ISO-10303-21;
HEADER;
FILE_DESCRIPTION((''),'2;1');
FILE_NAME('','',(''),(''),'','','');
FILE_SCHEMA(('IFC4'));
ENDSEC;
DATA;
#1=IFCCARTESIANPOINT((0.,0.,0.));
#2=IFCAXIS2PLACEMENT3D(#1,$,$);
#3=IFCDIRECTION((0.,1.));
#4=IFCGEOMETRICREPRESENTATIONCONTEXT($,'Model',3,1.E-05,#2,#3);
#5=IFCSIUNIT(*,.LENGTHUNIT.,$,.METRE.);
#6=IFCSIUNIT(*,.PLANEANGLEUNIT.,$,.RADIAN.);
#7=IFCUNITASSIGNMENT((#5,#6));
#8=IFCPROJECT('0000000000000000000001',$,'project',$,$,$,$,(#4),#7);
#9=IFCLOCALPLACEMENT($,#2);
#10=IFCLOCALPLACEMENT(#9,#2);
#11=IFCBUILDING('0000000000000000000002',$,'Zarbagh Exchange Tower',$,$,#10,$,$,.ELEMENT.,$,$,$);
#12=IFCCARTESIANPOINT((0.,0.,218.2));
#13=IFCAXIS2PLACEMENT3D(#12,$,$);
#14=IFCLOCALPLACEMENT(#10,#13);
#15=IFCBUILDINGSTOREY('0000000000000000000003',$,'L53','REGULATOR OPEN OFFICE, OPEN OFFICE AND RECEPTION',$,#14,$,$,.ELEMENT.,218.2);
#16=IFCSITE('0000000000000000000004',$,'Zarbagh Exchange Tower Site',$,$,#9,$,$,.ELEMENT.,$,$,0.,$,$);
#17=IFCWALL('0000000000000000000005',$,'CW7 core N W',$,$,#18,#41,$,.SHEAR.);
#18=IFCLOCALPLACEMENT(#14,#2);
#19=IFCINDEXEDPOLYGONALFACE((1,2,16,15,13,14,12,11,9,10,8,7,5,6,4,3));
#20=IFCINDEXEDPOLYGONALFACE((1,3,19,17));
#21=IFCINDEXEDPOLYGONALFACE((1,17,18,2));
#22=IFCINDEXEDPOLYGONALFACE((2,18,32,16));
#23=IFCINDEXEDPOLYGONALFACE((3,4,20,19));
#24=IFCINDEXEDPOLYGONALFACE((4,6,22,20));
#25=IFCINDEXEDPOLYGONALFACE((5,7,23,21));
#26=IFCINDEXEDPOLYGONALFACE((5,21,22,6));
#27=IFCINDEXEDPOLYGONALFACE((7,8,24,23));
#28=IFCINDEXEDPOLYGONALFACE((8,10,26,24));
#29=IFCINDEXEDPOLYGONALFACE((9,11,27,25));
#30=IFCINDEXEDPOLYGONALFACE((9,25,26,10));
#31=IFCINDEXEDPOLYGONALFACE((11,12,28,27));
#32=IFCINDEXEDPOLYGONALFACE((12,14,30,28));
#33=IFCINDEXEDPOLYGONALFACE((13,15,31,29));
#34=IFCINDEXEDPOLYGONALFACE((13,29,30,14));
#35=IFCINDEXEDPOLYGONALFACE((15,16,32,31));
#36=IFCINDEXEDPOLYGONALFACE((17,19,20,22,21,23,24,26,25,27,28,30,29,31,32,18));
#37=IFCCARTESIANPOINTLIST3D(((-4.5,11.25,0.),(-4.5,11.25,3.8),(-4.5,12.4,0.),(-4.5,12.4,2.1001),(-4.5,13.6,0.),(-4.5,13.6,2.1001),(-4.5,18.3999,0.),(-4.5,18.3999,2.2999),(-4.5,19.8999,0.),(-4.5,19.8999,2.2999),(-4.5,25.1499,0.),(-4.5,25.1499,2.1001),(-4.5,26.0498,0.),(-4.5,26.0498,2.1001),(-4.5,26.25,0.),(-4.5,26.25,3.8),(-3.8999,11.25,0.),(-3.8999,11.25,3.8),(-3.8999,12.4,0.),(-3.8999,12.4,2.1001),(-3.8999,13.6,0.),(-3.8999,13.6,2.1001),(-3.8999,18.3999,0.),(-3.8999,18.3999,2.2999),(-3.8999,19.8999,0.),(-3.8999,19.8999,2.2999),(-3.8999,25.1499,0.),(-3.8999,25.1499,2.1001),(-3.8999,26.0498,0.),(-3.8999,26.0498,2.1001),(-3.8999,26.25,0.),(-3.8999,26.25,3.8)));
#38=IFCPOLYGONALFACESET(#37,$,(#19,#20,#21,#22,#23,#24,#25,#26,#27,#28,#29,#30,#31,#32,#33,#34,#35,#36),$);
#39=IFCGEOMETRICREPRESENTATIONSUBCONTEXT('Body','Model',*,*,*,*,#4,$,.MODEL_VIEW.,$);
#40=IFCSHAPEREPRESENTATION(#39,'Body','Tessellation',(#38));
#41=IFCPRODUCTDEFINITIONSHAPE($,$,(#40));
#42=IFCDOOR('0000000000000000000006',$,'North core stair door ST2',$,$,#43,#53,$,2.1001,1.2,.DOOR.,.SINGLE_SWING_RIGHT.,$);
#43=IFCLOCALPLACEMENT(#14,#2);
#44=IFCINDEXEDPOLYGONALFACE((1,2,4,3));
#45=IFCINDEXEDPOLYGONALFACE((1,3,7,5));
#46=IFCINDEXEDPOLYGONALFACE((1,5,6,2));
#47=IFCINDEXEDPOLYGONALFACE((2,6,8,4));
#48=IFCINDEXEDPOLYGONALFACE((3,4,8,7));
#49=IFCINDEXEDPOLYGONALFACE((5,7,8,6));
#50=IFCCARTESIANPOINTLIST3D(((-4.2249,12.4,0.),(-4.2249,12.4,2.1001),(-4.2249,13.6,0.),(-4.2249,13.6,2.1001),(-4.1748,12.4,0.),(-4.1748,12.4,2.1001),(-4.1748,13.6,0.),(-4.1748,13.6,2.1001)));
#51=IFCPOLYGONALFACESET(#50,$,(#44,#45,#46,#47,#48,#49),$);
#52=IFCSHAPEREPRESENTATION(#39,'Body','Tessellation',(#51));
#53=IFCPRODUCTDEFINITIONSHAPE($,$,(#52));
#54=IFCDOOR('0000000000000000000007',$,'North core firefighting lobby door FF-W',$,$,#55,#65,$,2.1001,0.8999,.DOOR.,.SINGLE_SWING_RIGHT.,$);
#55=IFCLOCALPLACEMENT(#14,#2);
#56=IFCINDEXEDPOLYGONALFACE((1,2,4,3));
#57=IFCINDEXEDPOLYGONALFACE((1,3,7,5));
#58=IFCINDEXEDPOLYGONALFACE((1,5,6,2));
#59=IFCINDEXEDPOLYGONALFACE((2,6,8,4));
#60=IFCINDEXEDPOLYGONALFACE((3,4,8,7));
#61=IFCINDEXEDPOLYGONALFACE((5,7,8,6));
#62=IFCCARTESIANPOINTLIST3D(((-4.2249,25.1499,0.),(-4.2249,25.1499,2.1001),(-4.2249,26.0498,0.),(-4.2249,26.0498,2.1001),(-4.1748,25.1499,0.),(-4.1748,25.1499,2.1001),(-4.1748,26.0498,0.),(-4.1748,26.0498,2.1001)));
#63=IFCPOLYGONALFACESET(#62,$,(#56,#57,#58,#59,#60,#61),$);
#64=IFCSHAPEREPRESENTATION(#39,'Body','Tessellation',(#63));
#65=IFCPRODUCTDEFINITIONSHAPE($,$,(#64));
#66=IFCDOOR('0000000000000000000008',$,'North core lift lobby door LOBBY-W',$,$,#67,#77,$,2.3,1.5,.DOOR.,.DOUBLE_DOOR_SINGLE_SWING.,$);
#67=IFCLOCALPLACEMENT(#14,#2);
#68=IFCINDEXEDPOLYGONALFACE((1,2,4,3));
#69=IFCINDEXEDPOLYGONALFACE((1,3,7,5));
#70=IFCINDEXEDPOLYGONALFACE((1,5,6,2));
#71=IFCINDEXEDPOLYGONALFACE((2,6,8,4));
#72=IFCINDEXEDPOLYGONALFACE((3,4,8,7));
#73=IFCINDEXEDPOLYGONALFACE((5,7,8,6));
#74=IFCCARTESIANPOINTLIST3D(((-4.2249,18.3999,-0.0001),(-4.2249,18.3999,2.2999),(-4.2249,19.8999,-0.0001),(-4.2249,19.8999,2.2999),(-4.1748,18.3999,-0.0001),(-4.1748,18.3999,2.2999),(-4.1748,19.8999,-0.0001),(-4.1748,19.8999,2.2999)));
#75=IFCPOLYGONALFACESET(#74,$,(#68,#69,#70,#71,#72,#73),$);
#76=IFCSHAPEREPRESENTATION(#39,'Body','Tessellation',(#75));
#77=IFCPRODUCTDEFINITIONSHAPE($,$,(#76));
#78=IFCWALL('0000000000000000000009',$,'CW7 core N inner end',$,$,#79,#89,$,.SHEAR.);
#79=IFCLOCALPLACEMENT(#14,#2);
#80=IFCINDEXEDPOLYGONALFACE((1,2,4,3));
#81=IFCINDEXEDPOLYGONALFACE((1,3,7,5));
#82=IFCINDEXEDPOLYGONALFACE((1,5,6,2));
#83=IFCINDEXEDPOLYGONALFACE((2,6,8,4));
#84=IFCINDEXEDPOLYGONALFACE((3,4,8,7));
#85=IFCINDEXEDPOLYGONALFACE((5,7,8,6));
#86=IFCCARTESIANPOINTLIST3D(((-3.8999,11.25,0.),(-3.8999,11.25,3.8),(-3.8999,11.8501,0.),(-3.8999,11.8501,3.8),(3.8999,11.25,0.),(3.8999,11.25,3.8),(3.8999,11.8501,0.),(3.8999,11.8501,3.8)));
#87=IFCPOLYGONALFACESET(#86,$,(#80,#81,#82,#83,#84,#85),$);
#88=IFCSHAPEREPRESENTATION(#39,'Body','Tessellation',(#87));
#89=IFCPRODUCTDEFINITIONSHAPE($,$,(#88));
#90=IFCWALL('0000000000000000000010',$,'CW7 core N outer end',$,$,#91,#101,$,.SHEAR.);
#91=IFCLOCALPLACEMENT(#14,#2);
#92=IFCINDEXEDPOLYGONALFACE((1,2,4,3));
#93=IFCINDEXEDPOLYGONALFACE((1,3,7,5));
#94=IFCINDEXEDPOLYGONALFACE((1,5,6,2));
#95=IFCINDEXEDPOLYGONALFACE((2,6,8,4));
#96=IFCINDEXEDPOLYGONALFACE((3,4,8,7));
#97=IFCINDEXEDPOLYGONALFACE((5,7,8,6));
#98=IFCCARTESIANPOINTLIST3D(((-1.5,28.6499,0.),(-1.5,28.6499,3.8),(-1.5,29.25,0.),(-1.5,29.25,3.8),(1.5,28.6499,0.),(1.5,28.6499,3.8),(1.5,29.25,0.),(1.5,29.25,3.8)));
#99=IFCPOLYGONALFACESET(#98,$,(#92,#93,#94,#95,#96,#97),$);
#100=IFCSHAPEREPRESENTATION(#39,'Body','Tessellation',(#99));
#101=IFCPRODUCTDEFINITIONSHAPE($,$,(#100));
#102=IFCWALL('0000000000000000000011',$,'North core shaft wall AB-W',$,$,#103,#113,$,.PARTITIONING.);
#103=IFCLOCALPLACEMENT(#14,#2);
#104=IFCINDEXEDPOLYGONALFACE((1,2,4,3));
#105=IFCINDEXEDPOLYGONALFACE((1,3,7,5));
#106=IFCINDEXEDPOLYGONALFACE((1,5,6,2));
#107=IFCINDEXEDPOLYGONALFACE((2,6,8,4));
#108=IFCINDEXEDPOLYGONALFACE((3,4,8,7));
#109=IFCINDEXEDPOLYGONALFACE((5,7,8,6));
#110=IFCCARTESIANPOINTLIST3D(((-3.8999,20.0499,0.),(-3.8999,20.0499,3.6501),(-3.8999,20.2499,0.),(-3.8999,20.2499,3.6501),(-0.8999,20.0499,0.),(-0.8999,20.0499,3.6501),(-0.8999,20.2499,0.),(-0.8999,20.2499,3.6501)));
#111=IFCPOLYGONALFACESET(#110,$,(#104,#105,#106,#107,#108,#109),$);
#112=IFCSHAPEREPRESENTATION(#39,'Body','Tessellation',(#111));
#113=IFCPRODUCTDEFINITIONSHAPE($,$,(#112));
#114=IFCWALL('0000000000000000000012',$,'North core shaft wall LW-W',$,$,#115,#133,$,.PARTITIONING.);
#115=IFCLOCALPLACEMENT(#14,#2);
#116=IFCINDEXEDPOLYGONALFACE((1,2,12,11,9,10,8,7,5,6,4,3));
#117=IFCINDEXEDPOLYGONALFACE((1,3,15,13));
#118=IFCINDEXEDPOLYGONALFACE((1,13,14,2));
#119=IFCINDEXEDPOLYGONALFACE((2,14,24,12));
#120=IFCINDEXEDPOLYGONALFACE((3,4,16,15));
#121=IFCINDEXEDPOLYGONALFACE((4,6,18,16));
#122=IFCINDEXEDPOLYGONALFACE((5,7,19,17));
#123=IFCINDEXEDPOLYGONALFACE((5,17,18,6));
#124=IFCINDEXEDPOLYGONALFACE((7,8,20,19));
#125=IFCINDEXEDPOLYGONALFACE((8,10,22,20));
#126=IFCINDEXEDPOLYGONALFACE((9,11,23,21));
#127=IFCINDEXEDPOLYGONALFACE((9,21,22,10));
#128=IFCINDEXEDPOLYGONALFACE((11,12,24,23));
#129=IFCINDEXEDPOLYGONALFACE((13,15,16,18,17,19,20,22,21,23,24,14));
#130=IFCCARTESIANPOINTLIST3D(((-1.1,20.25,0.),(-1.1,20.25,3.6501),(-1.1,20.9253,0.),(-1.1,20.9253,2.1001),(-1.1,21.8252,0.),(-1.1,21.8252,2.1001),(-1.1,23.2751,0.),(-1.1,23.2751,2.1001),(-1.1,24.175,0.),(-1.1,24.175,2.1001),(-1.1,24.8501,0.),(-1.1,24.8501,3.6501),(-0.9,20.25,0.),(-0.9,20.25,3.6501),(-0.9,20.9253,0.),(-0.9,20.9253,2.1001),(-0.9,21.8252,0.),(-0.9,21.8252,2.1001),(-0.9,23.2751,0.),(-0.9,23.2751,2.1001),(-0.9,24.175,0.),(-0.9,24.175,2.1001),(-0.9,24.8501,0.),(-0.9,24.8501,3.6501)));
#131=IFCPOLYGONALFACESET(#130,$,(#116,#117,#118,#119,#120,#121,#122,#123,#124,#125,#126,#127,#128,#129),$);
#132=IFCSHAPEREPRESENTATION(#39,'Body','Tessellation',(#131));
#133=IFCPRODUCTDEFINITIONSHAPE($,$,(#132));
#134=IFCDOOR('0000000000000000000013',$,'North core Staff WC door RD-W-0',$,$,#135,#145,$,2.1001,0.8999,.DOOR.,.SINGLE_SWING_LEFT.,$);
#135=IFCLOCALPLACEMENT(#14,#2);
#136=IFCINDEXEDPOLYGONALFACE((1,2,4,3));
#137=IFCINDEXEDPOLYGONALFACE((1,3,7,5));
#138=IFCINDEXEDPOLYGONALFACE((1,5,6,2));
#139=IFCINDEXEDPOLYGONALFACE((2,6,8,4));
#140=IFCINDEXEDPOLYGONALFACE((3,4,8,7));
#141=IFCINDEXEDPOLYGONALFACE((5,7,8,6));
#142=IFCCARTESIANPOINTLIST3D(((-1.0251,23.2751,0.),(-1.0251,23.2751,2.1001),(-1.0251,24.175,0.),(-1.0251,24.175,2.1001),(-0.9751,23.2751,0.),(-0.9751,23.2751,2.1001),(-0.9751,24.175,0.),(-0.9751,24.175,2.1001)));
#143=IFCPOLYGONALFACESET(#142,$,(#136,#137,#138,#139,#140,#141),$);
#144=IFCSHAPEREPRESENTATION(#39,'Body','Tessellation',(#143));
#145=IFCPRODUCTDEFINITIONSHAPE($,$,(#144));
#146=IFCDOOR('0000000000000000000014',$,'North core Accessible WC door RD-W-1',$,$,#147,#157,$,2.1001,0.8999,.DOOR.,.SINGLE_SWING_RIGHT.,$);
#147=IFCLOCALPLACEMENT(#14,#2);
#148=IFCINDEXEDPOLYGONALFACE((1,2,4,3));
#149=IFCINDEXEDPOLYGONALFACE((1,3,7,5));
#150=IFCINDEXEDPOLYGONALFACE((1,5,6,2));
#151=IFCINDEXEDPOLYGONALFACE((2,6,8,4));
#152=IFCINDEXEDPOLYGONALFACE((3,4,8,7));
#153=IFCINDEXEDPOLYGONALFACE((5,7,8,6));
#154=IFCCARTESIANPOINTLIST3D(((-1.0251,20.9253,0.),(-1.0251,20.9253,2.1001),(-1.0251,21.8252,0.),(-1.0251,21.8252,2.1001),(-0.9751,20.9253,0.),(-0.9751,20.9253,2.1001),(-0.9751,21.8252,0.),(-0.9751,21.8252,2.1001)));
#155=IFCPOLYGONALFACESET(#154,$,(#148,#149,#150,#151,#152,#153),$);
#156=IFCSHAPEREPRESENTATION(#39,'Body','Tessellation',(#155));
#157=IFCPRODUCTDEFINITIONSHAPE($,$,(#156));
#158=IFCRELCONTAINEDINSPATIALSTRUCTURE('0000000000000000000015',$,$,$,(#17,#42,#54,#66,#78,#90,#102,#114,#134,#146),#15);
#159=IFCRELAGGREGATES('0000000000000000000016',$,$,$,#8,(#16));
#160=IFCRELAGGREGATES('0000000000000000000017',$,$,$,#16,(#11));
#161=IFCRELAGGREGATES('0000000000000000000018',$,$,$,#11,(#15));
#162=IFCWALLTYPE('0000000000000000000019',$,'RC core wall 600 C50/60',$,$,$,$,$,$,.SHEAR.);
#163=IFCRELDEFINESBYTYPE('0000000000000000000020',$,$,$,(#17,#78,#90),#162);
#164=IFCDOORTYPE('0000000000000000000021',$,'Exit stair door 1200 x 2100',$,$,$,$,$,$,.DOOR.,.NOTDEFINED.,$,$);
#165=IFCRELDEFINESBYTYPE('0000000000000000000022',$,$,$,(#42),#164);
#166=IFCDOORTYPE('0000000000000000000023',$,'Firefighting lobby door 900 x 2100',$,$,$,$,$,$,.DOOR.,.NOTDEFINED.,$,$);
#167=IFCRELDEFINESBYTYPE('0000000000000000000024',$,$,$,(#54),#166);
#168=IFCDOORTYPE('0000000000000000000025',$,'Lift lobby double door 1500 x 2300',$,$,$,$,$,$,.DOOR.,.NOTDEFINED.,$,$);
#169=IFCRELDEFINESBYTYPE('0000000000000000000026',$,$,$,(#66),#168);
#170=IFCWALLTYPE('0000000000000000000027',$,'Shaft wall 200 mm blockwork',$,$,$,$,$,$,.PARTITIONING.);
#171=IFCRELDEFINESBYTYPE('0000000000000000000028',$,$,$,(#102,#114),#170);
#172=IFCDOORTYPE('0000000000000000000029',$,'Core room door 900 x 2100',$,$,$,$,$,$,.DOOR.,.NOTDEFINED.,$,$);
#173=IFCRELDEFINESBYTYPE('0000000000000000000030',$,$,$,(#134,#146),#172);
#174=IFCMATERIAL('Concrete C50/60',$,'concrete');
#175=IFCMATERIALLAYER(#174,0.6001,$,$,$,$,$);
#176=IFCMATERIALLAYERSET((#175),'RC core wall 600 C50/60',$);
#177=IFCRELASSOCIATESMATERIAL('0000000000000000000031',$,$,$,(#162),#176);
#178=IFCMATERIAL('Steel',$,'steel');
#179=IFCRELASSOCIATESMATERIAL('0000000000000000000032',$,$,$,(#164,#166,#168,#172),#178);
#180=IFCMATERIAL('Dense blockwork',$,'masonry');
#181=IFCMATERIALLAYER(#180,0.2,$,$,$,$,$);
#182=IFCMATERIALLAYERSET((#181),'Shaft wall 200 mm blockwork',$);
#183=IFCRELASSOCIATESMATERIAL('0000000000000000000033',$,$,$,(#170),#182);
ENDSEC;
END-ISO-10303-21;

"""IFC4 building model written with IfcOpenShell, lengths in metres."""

from ifc_helpers import new_model, si_unit, direction, frame, frame_2d, origin, place, context, subcontext, project, spatial, rectangle, extrude, material, layer, layer_set, type_object, element, fill, save


model = new_model("IFC4")

# Units and contexts
model_context = context("Model", 3, precision=1e-05, world=origin(), true_north=direction((0.0, 1.0)))
body_context = subcontext(model_context, "Body", "Model", "MODEL_VIEW")
ifc_project = project(units=[si_unit("LENGTHUNIT", "METRE"), si_unit("PLANEANGLEUNIT", "RADIAN")], contexts=[model_context])

# Site, building, storey
site_placement = place(None, origin())
site = spatial("IfcSite", under=ifc_project, at=site_placement, Name="Zarbagh Exchange Tower Site", CompositionType="ELEMENT", RefElevation=0.0)
building_placement = place(site_placement, origin())
building = spatial("IfcBuilding", under=site, at=building_placement, Name="Zarbagh Exchange Tower", CompositionType="ELEMENT")
storey_placement = place(building_placement, frame((0.0, 0.0, 218.2)))
storey = spatial("IfcBuildingStorey", under=building, at=storey_placement, Name="L53", Description="REGULATOR OPEN OFFICE, OPEN OFFICE AND RECEPTION", CompositionType="ELEMENT", Elevation=218.2)

# Shared definitions
ifc_material_1 = material(Name="Concrete C50/60", Category="concrete")

# Shared definitions
ifc_material_2 = material(Name="Dense blockwork", Category="masonry")

# Wall, openings, doors
ifc_layer_1 = layer(ifc_material_1, 0.6001)
ifc_layer_set_1 = layer_set([ifc_layer_1], Name="RC core wall 600 C50/60")
wall_type_1 = type_object("IfcWallType", Name="RC core wall 600 C50/60", PredefinedType="SHEAR", material=ifc_layer_set_1)
wall_1_placement = place(storey_placement, frame((-4.2, 11.25, 0.0), z_axis=(0.0, 0.0, 1.0), x_axis=(0.0, 1.0, 0.0)))
wall_1 = element("IfcWall", 1, at=wall_1_placement, inside=storey, type_object=wall_type_1, Name="CW7 core N W", PredefinedType="SHEAR", context=body_context, shape_type="SweptSolid", body=[
    extrude(rectangle(XDim=15.0, YDim=0.6001, at=frame_2d((7.5, 0.0))), origin(), (0.0, 0.0, 1.0), 3.8),
])
opening_1_placement = place(wall_1_placement, frame((7.1499, 0.0, 0.0)))
opening_1 = element("IfcOpeningElement", 2, at=opening_1_placement, cuts=wall_1, PredefinedType="OPENING", context=body_context, shape_type="SweptSolid", body=[
    extrude(rectangle(XDim=1.5, YDim=2.3, at=frame_2d((0.75, 1.1499))), frame((0.0, 0.3101, 0.0), z_axis=(0.0, -1.0, 0.0), x_axis=(1.0, 0.0, 0.0)), (0.0, 0.0, 1.0), 0.6201),
])
opening_2_placement = place(wall_1_placement, frame((13.8999, 0.0, 0.0)))
opening_2 = element("IfcOpeningElement", 3, at=opening_2_placement, cuts=wall_1, PredefinedType="OPENING", context=body_context, shape_type="SweptSolid", body=[
    extrude(rectangle(XDim=0.8999, YDim=2.1001, at=frame_2d((0.45, 1.05))), frame((0.0, 0.3101, 0.0), z_axis=(0.0, -1.0, 0.0), x_axis=(1.0, 0.0, 0.0)), (0.0, 0.0, 1.0), 0.6201),
])
opening_3_placement = place(wall_1_placement, frame((1.1499, 0.0, 0.0)))
opening_3 = element("IfcOpeningElement", 4, at=opening_3_placement, cuts=wall_1, PredefinedType="OPENING", context=body_context, shape_type="SweptSolid", body=[
    extrude(rectangle(XDim=1.2, YDim=2.1001, at=frame_2d((0.6001, 1.05))), frame((0.0, 0.3101, 0.0), z_axis=(0.0, -1.0, 0.0), x_axis=(1.0, 0.0, 0.0)), (0.0, 0.0, 1.0), 0.6201),
])
ifc_material_3 = material(Name="Steel", Category="steel")
door_type_1 = type_object("IfcDoorType", Name="Exit stair door 1200 x 2100", OperationType="NOTDEFINED", PredefinedType="DOOR", material=ifc_material_3)
door_1_placement = place(opening_3_placement, origin())
door_1 = element("IfcDoor", 5, at=door_1_placement, inside=storey, type_object=door_type_1, Name="North core stair door ST2", OperationType="SINGLE_SWING_RIGHT", OverallHeight=2.1001, OverallWidth=1.2, PredefinedType="DOOR", context=body_context, shape_type="SweptSolid", body=[
    extrude(rectangle(XDim=1.2, YDim=2.1001, at=frame_2d((0.6001, 1.05))), frame((0.0, 0.0249, 0.0), z_axis=(0.0, -1.0, 0.0), x_axis=(1.0, 0.0, 0.0)), (0.0, 0.0, 1.0), 0.05),
])
fill(opening_3, door_1)
door_type_2 = type_object("IfcDoorType", Name="Firefighting lobby door 900 x 2100", OperationType="NOTDEFINED", PredefinedType="DOOR", material=ifc_material_3)
door_2_placement = place(opening_2_placement, origin())
door_2 = element("IfcDoor", 6, at=door_2_placement, inside=storey, type_object=door_type_2, Name="North core firefighting lobby door FF-W", OperationType="SINGLE_SWING_RIGHT", OverallHeight=2.1001, OverallWidth=0.8999, PredefinedType="DOOR", context=body_context, shape_type="SweptSolid", body=[
    extrude(rectangle(XDim=0.8999, YDim=2.1001, at=frame_2d((0.45, 1.05))), frame((0.0, 0.0249, 0.0), z_axis=(0.0, -1.0, 0.0), x_axis=(1.0, 0.0, 0.0)), (0.0, 0.0, 1.0), 0.05),
])
fill(opening_2, door_2)
door_type_3 = type_object("IfcDoorType", Name="Lift lobby double door 1500 x 2300", OperationType="NOTDEFINED", PredefinedType="DOOR", material=ifc_material_3)
door_3_placement = place(opening_1_placement, origin())
door_3 = element("IfcDoor", 7, at=door_3_placement, inside=storey, type_object=door_type_3, Name="North core lift lobby door LOBBY-W", OperationType="DOUBLE_DOOR_SINGLE_SWING", OverallHeight=2.3, OverallWidth=1.5, PredefinedType="DOOR", context=body_context, shape_type="SweptSolid", body=[
    extrude(rectangle(XDim=1.5, YDim=2.3, at=frame_2d((0.75, 1.1499))), frame((0.0, 0.0249, 0.0), z_axis=(0.0, -1.0, 0.0), x_axis=(1.0, 0.0, 0.0)), (0.0, 0.0, 1.0), 0.05),
])
fill(opening_1, door_3)

# Walls
wall_2_placement = place(storey_placement, frame((-3.8999, 11.55, 0.0), z_axis=(0.0, 0.0, 1.0), x_axis=(1.0, 0.0, 0.0)))
element("IfcWall", 8, at=wall_2_placement, inside=storey, type_object=wall_type_1, Name="CW7 core N inner end", PredefinedType="SHEAR", context=body_context, shape_type="SweptSolid", body=[
    extrude(rectangle(XDim=7.7998, YDim=0.6001, at=frame_2d((3.8999, 0.0))), origin(), (0.0, 0.0, 1.0), 3.8),
])
wall_3_placement = place(storey_placement, frame((-1.5, 28.95, 0.0), z_axis=(0.0, 0.0, 1.0), x_axis=(1.0, 0.0, 0.0)))
element("IfcWall", 9, at=wall_3_placement, inside=storey, type_object=wall_type_1, Name="CW7 core N outer end", PredefinedType="SHEAR", context=body_context, shape_type="SweptSolid", body=[
    extrude(rectangle(XDim=3.0, YDim=0.6001, at=frame_2d((1.5, 0.0))), origin(), (0.0, 0.0, 1.0), 3.8),
])
ifc_layer_2 = layer(ifc_material_2, 0.2)
ifc_layer_set_2 = layer_set([ifc_layer_2], Name="Shaft wall 200 mm blockwork")
wall_type_2 = type_object("IfcWallType", Name="Shaft wall 200 mm blockwork", PredefinedType="PARTITIONING", material=ifc_layer_set_2)
wall_4_placement = place(storey_placement, frame((-3.8999, 20.1499, 0.0), z_axis=(0.0, 0.0, 1.0), x_axis=(1.0, 0.0, 0.0)))
element("IfcWall", 10, at=wall_4_placement, inside=storey, type_object=wall_type_2, Name="North core shaft wall AB-W", PredefinedType="PARTITIONING", context=body_context, shape_type="SweptSolid", body=[
    extrude(rectangle(XDim=3.0, YDim=0.2, at=frame_2d((1.5, 0.0))), origin(), (0.0, 0.0, 1.0), 3.6501),
])

# Wall, openings, doors
wall_5_placement = place(storey_placement, frame((-1.0, 24.8501, 0.0), z_axis=(0.0, 0.0, 1.0), x_axis=(0.0, -1.0, 0.0)))
wall_5 = element("IfcWall", 11, at=wall_5_placement, inside=storey, type_object=wall_type_2, Name="North core shaft wall LW-W", PredefinedType="PARTITIONING", context=body_context, shape_type="SweptSolid", body=[
    extrude(rectangle(XDim=4.6001, YDim=0.2, at=frame_2d((2.3, 0.0))), origin(), (0.0, 0.0, 1.0), 3.6501),
])
opening_4_placement = place(wall_5_placement, frame((0.675, 0.0, 0.0)))
opening_4 = element("IfcOpeningElement", 12, at=opening_4_placement, cuts=wall_5, PredefinedType="OPENING", context=body_context, shape_type="SweptSolid", body=[
    extrude(rectangle(XDim=0.8999, YDim=2.1001, at=frame_2d((0.45, 1.05))), frame((0.0, 0.1099, 0.0), z_axis=(0.0, -1.0, 0.0), x_axis=(1.0, 0.0, 0.0)), (0.0, 0.0, 1.0), 0.22),
])
opening_5_placement = place(wall_5_placement, frame((3.0249, 0.0, 0.0)))
opening_5 = element("IfcOpeningElement", 13, at=opening_5_placement, cuts=wall_5, PredefinedType="OPENING", context=body_context, shape_type="SweptSolid", body=[
    extrude(rectangle(XDim=0.8999, YDim=2.1001, at=frame_2d((0.45, 1.05))), frame((0.0, 0.1099, 0.0), z_axis=(0.0, -1.0, 0.0), x_axis=(1.0, 0.0, 0.0)), (0.0, 0.0, 1.0), 0.22),
])
door_type_4 = type_object("IfcDoorType", Name="Core room door 900 x 2100", OperationType="NOTDEFINED", PredefinedType="DOOR", material=ifc_material_3)
door_4_placement = place(opening_4_placement, origin())
door_4 = element("IfcDoor", 14, at=door_4_placement, inside=storey, type_object=door_type_4, Name="North core Staff WC door RD-W-0", OperationType="SINGLE_SWING_LEFT", OverallHeight=2.1001, OverallWidth=0.8999, PredefinedType="DOOR", context=body_context, shape_type="SweptSolid", body=[
    extrude(rectangle(XDim=0.8999, YDim=2.1001, at=frame_2d((0.45, 1.05))), frame((0.0, 0.0249, 0.0), z_axis=(0.0, -1.0, 0.0), x_axis=(1.0, 0.0, 0.0)), (0.0, 0.0, 1.0), 0.05),
])
fill(opening_4, door_4)
door_5_placement = place(opening_5_placement, origin())
door_5 = element("IfcDoor", 15, at=door_5_placement, inside=storey, type_object=door_type_4, Name="North core Accessible WC door RD-W-1", OperationType="SINGLE_SWING_RIGHT", OverallHeight=2.1001, OverallWidth=0.8999, PredefinedType="DOOR", context=body_context, shape_type="SweptSolid", body=[
    extrude(rectangle(XDim=0.8999, YDim=2.1001, at=frame_2d((0.45, 1.05))), frame((0.0, 0.0249, 0.0), z_axis=(0.0, -1.0, 0.0), x_axis=(1.0, 0.0, 0.0)), (0.0, 0.0, 1.0), 0.05),
])
fill(opening_5, door_5)

save(model, "model.ifc")
